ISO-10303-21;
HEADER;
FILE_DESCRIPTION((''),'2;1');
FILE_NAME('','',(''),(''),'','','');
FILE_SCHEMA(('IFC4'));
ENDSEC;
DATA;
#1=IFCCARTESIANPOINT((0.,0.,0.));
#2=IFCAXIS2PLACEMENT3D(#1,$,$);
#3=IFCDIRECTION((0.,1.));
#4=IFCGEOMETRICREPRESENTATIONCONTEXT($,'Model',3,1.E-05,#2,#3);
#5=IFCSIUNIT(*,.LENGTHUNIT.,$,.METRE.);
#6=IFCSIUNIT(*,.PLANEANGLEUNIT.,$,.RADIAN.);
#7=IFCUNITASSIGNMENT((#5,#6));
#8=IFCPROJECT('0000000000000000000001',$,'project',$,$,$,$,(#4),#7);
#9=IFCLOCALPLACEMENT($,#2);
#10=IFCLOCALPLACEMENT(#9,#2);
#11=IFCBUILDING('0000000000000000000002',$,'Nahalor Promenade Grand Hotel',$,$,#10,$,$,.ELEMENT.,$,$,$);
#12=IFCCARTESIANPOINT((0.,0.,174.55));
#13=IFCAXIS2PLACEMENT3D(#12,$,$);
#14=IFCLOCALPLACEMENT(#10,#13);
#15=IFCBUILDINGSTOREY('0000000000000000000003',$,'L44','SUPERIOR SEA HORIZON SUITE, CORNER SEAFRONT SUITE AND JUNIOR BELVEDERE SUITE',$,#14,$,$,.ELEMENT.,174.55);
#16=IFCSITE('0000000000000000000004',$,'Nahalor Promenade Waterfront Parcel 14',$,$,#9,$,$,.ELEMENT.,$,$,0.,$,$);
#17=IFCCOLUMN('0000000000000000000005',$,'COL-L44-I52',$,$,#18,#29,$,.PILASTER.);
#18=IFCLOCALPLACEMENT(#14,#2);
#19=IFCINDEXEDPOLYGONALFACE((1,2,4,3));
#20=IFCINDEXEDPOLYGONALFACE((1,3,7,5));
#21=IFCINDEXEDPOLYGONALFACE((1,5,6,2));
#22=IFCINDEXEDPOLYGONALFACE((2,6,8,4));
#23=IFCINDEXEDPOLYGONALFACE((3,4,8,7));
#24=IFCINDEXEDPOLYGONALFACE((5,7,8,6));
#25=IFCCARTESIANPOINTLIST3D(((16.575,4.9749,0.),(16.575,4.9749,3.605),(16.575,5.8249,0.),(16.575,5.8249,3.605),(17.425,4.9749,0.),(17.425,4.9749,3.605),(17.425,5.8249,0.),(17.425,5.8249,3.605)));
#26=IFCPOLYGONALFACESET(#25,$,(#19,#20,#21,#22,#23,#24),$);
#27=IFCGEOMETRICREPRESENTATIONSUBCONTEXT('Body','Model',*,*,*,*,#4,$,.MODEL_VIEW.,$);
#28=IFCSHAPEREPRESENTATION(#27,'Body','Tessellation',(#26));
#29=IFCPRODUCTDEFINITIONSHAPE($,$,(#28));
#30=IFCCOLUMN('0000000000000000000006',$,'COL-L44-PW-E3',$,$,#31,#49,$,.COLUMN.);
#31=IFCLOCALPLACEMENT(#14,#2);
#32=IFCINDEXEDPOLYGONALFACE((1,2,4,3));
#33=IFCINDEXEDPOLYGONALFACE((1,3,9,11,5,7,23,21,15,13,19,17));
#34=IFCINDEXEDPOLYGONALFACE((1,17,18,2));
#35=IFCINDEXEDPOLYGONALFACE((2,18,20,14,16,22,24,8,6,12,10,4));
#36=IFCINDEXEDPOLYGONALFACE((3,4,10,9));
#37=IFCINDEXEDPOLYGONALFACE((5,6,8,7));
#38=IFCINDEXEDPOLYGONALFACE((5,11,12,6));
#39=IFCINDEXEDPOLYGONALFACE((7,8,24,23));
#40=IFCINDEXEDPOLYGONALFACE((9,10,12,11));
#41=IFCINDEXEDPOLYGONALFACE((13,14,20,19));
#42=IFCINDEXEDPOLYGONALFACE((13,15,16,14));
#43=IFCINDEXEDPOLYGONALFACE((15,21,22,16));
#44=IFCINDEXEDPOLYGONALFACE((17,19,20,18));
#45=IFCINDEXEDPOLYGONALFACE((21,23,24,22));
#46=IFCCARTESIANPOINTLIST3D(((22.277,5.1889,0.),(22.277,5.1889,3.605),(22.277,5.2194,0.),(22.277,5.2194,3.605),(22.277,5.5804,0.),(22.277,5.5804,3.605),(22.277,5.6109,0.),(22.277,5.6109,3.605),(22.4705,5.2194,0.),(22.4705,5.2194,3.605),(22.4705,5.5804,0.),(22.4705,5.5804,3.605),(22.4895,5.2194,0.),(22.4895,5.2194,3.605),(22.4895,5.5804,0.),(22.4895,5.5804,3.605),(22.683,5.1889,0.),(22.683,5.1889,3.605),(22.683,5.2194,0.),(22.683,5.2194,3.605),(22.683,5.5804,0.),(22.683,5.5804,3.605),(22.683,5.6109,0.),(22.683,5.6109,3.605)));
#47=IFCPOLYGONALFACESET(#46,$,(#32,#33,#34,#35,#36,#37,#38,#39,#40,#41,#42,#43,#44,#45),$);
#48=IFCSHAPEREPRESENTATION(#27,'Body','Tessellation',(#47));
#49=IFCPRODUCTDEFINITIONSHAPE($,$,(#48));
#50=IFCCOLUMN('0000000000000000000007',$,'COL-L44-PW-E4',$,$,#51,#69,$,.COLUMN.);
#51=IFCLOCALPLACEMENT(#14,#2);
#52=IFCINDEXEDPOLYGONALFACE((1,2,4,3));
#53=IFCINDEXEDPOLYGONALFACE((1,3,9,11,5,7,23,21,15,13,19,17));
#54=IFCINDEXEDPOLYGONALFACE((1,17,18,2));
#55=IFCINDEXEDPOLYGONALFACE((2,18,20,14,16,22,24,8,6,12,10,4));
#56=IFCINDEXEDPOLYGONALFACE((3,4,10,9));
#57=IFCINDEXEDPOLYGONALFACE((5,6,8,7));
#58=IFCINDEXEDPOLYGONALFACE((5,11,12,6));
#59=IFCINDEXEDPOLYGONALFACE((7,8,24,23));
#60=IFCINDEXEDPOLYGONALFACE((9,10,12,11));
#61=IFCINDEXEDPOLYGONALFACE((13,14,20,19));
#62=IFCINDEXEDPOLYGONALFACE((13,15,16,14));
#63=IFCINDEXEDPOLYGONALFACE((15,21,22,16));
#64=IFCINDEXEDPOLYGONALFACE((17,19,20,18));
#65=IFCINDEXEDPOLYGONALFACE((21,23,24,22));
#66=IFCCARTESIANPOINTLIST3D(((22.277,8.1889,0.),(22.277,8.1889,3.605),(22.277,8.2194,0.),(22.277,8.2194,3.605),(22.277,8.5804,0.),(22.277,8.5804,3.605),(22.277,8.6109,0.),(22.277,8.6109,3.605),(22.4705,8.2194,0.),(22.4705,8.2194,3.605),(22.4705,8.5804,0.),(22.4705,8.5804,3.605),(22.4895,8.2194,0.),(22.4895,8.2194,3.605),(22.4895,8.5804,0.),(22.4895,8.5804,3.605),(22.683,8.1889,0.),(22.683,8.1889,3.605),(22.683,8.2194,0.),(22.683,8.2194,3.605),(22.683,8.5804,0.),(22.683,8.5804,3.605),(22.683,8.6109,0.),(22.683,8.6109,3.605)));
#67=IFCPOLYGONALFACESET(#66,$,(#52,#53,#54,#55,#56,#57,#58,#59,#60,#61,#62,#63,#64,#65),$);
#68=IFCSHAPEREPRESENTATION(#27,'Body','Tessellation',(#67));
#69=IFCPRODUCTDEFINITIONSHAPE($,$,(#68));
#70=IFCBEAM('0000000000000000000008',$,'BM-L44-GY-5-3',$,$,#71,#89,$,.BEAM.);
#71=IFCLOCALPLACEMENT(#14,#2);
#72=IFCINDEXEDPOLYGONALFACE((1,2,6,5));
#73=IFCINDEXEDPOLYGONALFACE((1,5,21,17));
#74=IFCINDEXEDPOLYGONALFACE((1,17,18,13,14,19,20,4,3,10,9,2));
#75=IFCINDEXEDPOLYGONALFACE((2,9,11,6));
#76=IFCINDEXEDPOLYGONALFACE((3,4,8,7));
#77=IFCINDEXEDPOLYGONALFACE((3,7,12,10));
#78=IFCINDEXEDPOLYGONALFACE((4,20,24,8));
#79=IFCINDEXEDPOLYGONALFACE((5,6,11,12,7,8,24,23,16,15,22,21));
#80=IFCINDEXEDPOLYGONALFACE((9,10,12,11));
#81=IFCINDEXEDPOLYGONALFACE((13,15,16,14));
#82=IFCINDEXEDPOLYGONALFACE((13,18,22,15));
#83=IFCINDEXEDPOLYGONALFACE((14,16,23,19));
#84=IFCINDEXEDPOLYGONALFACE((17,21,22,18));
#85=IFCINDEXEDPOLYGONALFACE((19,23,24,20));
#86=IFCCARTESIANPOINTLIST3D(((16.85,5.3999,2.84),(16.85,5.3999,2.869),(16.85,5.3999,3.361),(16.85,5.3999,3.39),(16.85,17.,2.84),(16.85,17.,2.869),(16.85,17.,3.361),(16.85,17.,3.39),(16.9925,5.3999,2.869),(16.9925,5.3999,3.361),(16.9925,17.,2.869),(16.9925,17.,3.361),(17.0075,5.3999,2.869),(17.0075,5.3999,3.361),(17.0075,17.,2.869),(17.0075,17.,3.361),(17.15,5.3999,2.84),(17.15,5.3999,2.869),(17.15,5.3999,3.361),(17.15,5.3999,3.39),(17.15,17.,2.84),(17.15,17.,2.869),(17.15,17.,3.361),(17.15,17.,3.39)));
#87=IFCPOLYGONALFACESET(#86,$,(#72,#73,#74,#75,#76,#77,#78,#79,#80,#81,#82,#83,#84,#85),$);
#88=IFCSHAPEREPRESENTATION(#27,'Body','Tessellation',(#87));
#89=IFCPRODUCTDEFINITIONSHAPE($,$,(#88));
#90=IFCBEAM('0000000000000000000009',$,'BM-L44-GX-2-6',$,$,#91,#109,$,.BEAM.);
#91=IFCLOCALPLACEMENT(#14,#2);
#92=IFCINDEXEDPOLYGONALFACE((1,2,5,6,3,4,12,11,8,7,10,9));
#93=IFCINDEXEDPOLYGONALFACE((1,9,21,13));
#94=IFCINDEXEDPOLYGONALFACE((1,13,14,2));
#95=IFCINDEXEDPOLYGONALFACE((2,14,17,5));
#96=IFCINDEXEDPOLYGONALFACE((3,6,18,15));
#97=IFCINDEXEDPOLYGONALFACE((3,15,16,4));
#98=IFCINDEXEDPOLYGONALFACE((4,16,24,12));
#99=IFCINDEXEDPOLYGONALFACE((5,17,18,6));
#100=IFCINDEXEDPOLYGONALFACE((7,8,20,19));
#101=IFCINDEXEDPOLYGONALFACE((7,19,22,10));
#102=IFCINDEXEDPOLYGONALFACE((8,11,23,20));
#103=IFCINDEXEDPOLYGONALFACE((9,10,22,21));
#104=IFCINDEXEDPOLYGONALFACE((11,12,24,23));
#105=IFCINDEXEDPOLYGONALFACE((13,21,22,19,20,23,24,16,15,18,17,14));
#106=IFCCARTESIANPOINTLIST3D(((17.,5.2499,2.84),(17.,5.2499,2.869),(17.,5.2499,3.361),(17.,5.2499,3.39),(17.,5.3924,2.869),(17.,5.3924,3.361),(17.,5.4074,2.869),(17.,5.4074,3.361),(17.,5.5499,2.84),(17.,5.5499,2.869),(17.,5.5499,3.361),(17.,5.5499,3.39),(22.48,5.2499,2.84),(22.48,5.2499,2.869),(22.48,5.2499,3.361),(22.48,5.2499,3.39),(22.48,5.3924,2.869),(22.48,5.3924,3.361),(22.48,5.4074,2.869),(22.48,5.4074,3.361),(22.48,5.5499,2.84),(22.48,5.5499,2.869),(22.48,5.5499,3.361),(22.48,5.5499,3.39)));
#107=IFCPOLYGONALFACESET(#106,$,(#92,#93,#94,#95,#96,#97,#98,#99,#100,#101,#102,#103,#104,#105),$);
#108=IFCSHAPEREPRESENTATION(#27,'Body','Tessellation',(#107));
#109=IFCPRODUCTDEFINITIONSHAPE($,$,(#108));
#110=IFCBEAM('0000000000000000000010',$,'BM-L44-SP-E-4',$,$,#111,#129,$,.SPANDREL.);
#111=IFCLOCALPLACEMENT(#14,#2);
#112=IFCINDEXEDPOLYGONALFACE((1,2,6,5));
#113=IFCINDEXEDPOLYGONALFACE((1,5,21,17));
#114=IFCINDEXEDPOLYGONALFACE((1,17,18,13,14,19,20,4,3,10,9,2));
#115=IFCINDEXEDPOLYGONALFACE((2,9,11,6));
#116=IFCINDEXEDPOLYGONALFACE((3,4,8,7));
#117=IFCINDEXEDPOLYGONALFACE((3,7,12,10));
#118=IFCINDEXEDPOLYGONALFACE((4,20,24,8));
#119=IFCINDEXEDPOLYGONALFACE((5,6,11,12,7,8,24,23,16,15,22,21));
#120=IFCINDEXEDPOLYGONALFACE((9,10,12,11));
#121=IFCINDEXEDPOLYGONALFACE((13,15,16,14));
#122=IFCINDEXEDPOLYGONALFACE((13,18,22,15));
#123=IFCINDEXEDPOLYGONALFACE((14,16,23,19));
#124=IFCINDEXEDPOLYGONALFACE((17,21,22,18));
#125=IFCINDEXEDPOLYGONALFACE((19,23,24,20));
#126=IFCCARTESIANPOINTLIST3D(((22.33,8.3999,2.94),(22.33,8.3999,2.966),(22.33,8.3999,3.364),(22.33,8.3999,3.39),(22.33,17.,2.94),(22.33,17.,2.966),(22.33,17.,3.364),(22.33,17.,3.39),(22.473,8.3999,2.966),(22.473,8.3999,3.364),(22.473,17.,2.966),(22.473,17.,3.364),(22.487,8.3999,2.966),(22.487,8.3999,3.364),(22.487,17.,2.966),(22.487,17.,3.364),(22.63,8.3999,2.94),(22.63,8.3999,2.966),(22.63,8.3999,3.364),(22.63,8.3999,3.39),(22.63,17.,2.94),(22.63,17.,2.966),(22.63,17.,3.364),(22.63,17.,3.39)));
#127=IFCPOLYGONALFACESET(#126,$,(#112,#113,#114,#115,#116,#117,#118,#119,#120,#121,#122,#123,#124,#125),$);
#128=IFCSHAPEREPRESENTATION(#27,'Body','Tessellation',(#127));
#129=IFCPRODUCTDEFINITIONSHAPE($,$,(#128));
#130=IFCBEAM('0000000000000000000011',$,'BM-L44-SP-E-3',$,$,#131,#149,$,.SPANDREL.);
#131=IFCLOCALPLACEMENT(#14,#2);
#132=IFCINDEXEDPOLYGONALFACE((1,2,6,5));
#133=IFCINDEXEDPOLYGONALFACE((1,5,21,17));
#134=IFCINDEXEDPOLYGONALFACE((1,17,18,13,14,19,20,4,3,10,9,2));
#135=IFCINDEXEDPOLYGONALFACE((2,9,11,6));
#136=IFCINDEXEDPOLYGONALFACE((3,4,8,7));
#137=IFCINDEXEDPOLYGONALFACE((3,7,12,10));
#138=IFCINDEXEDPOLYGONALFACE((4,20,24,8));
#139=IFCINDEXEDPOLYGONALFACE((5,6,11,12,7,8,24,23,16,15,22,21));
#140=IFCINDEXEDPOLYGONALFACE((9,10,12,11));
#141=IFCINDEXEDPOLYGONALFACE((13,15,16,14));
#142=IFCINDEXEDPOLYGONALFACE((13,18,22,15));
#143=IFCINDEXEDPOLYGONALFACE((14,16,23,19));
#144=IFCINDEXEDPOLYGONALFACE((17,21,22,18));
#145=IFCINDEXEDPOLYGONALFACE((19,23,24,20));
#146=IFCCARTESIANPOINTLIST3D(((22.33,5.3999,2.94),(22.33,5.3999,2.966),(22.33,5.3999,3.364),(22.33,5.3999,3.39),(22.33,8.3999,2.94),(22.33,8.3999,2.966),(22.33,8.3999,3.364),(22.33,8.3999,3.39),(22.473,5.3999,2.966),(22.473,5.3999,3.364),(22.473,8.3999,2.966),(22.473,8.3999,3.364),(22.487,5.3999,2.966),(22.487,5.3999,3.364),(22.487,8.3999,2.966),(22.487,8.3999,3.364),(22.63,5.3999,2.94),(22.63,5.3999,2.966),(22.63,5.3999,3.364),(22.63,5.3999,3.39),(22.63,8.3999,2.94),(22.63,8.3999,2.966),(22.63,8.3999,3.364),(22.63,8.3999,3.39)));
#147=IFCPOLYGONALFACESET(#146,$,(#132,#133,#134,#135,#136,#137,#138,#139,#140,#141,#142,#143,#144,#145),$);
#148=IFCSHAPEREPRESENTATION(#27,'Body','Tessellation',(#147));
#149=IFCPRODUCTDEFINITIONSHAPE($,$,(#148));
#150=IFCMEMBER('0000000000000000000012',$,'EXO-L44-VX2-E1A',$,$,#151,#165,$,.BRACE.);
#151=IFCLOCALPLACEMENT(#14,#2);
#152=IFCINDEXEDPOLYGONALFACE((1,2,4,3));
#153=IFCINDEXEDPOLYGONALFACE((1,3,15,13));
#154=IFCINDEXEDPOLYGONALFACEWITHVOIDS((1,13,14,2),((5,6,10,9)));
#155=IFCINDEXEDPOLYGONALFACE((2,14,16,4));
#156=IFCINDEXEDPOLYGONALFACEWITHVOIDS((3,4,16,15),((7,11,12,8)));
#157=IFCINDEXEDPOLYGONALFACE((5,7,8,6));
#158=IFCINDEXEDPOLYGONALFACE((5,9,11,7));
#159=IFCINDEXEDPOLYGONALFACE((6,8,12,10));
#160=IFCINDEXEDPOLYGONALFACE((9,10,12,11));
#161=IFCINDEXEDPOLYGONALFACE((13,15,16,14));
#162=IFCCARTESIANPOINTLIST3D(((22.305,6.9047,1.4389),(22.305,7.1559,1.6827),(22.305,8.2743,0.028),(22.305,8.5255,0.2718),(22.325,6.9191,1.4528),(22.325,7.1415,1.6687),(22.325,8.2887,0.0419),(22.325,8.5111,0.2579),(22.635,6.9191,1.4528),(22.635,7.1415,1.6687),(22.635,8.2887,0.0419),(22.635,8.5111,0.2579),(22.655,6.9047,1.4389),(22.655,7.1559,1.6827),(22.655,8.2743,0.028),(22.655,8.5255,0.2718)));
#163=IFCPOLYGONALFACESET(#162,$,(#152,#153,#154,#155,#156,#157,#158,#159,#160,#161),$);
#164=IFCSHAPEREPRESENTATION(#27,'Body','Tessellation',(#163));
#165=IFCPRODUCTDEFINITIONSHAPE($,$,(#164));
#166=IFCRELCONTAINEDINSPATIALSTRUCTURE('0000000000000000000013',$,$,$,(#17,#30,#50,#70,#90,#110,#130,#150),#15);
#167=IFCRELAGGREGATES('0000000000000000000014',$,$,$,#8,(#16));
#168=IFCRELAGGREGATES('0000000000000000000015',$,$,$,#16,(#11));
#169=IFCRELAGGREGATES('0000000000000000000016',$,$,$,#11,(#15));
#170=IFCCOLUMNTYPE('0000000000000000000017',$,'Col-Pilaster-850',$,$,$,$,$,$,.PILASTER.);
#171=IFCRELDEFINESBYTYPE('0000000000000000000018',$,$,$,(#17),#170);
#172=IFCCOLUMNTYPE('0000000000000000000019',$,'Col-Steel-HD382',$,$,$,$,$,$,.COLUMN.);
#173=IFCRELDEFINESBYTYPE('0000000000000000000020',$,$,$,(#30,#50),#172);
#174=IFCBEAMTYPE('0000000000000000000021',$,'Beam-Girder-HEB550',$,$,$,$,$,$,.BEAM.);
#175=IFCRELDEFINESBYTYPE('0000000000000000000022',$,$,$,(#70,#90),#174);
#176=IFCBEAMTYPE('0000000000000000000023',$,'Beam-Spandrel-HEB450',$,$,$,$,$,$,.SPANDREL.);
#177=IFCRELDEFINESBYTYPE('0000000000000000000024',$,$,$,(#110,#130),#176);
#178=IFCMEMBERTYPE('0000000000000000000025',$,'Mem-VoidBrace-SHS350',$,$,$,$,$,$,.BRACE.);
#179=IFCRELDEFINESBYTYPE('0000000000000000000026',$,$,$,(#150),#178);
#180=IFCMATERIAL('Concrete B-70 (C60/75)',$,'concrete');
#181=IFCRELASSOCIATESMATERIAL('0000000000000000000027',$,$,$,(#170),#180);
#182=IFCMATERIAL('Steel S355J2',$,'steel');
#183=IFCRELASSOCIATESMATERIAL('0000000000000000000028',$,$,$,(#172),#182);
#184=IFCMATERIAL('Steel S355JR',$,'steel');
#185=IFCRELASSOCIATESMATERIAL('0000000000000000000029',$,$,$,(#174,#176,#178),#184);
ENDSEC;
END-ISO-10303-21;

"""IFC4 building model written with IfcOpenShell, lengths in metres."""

from ifc_helpers import new_model, si_unit, direction, frame, origin, origin_2d, place, context, subcontext, project, spatial, rectangle, hollow_rectangle, i_section, extrude, source, transform, mapped, material, material_profile, profile_set, type_object, element, save


model = new_model("IFC4")

# Units and contexts
model_context = context("Model", 3, precision=1e-05, world=origin(), true_north=direction((0.0, 1.0)))
body_context = subcontext(model_context, "Body", "Model", "MODEL_VIEW")
ifc_project = project(units=[si_unit("LENGTHUNIT", "METRE"), si_unit("PLANEANGLEUNIT", "RADIAN")], contexts=[model_context])

# Site, building, storey
site_placement = place(None, origin())
site = spatial("IfcSite", under=ifc_project, at=site_placement, Name="Nahalor Promenade Waterfront Parcel 14", CompositionType="ELEMENT", RefElevation=0.0)
building_placement = place(site_placement, origin())
building = spatial("IfcBuilding", under=site, at=building_placement, Name="Nahalor Promenade Grand Hotel", CompositionType="ELEMENT")
storey_placement = place(building_placement, frame((0.0, 0.0, 174.55)))
storey = spatial("IfcBuildingStorey", under=building, at=storey_placement, Name="L44", Description="SUPERIOR SEA HORIZON SUITE, CORNER SEAFRONT SUITE AND JUNIOR BELVEDERE SUITE", CompositionType="ELEMENT", Elevation=174.55)

# Columns
ifc_material_1 = material(Name="Concrete B-70 (C60/75)", Category="concrete")
ifc_material_profile_1 = material_profile(ifc_material_1, rectangle(XDim=0.85, YDim=0.85, at=origin_2d()), Name="RC 850x850")
ifc_profile_set_1 = profile_set([ifc_material_profile_1], Name="Concrete B-70 (C60/75)")
column_type_1 = type_object("IfcColumnType", Name="Col-Pilaster-850", PredefinedType="PILASTER", material=ifc_profile_set_1)
shared_shape_1 = source(origin(), body_context, "Body", "SweptSolid", [
    extrude(rectangle(XDim=0.85, YDim=0.85, at=origin_2d()), origin(), (0.0, 0.0, 1.0), 3.605),
])
column_placement = place(storey_placement, frame((17.0, 5.3999, 0.0), z_axis=(0.0, 0.0, 1.0), x_axis=(1.0, 0.0, 0.0)))
element("IfcColumn", 1, at=column_placement, inside=storey, type_object=column_type_1, Name="COL-L44-I52", PredefinedType="PILASTER", context=body_context, shape_type="MappedRepresentation", body=[
    mapped(shared_shape_1, transform((0.0, 0.0, 0.0), scale=1.0)),
])
ifc_material_2 = material(Name="Steel S355J2", Category="steel")
ifc_material_profile_2 = material_profile(ifc_material_2, i_section(OverallWidth=0.406, OverallDepth=0.422, WebThickness=0.019, FlangeThickness=0.0305, at=origin_2d()), Name="HD 400x382")
ifc_profile_set_2 = profile_set([ifc_material_profile_2], Name="Steel S355J2")
column_type_2 = type_object("IfcColumnType", Name="Col-Steel-HD382", PredefinedType="COLUMN", material=ifc_profile_set_2)
shared_shape_2 = source(origin(), body_context, "Body", "SweptSolid", [
    extrude(i_section(OverallWidth=0.406, OverallDepth=0.422, WebThickness=0.019, FlangeThickness=0.0305, at=origin_2d()), origin(), (0.0, 0.0, 1.0), 3.605),
])
for number, where, z_axis, x_axis, name in (
    (2, (22.48, 5.3999, 0.0), (0.0, 0.0, 1.0), (1.0, 0.0, 0.0), "COL-L44-PW-E3"),
    (3, (22.48, 8.3999, 0.0), (0.0, 0.0, 1.0), (1.0, 0.0, 0.0), "COL-L44-PW-E4"),
):
    element("IfcColumn", number, at=place(storey_placement, frame(where, z_axis=z_axis, x_axis=x_axis)), inside=storey, type_object=column_type_2, Name=name, PredefinedType="COLUMN", context=body_context, shape_type="MappedRepresentation", body=[
        mapped(shared_shape_2, transform((0.0, 0.0, 0.0), scale=1.0)),
    ])

# Beams
ifc_material_3 = material(Name="Steel S355JR", Category="steel")
ifc_material_profile_3 = material_profile(ifc_material_3, i_section(OverallWidth=0.3, OverallDepth=0.55, WebThickness=0.015, FlangeThickness=0.029, at=origin_2d()), Name="HEB 550")
ifc_profile_set_3 = profile_set([ifc_material_profile_3], Name="Steel S355JR")
beam_type_1 = type_object("IfcBeamType", Name="Beam-Girder-HEB550", PredefinedType="BEAM", material=ifc_profile_set_3)
shared_shape_3 = source(origin(), body_context, "Body", "SweptSolid", [
    extrude(i_section(OverallWidth=0.3, OverallDepth=0.55, WebThickness=0.015, FlangeThickness=0.029, at=origin_2d()), origin(), (0.0, 0.0, 1.0), 11.6001),
])
beam_1_placement = place(storey_placement, frame((17.0, 5.3999, 3.115), z_axis=(0.0, 1.0, 0.0), x_axis=(-1.0, 0.0, 0.0)))
element("IfcBeam", 4, at=beam_1_placement, inside=storey, type_object=beam_type_1, Name="BM-L44-GY-5-3", PredefinedType="BEAM", context=body_context, shape_type="MappedRepresentation", body=[
    mapped(shared_shape_3, transform((0.0, 0.0, 0.0), scale=1.0)),
])
shared_shape_4 = source(origin(), body_context, "Body", "SweptSolid", [
    extrude(i_section(OverallWidth=0.3, OverallDepth=0.55, WebThickness=0.015, FlangeThickness=0.029, at=origin_2d()), origin(), (0.0, 0.0, 1.0), 5.48),
])
beam_2_placement = place(storey_placement, frame((17.0, 5.3999, 3.115), z_axis=(1.0, 0.0, 0.0), x_axis=(0.0, 1.0, 0.0)))
element("IfcBeam", 5, at=beam_2_placement, inside=storey, type_object=beam_type_1, Name="BM-L44-GX-2-6", PredefinedType="BEAM", context=body_context, shape_type="MappedRepresentation", body=[
    mapped(shared_shape_4, transform((0.0, 0.0, 0.0), scale=1.0)),
])
ifc_material_profile_4 = material_profile(ifc_material_3, i_section(OverallWidth=0.3, OverallDepth=0.45, WebThickness=0.014, FlangeThickness=0.026, at=origin_2d()), Name="HEB 450")
ifc_profile_set_4 = profile_set([ifc_material_profile_4], Name="Steel S355JR")
beam_type_2 = type_object("IfcBeamType", Name="Beam-Spandrel-HEB450", PredefinedType="SPANDREL", material=ifc_profile_set_4)
shared_shape_5 = source(origin(), body_context, "Body", "SweptSolid", [
    extrude(i_section(OverallWidth=0.3, OverallDepth=0.45, WebThickness=0.014, FlangeThickness=0.026, at=origin_2d()), origin(), (0.0, 0.0, 1.0), 8.6001),
])
beam_3_placement = place(storey_placement, frame((22.48, 8.3999, 3.165), z_axis=(0.0, 1.0, 0.0), x_axis=(-1.0, 0.0, 0.0)))
element("IfcBeam", 6, at=beam_3_placement, inside=storey, type_object=beam_type_2, Name="BM-L44-SP-E-4", PredefinedType="SPANDREL", context=body_context, shape_type="MappedRepresentation", body=[
    mapped(shared_shape_5, transform((0.0, 0.0, 0.0), scale=1.0)),
])
shared_shape_6 = source(origin(), body_context, "Body", "SweptSolid", [
    extrude(i_section(OverallWidth=0.3, OverallDepth=0.45, WebThickness=0.014, FlangeThickness=0.026, at=origin_2d()), origin(), (0.0, 0.0, 1.0), 3.0),
])
beam_4_placement = place(storey_placement, frame((22.48, 5.3999, 3.165), z_axis=(0.0, 1.0, 0.0), x_axis=(-1.0, 0.0, 0.0)))
element("IfcBeam", 7, at=beam_4_placement, inside=storey, type_object=beam_type_2, Name="BM-L44-SP-E-3", PredefinedType="SPANDREL", context=body_context, shape_type="MappedRepresentation", body=[
    mapped(shared_shape_6, transform((0.0, 0.0, 0.0), scale=1.0)),
])

# Member
ifc_material_profile_5 = material_profile(ifc_material_3, hollow_rectangle(XDim=0.35, YDim=0.35, WallThickness=0.02, at=origin_2d()), Name="SHS 350x350x20")
ifc_profile_set_5 = profile_set([ifc_material_profile_5], Name="Steel S355JR")
member_type_1 = type_object("IfcMemberType", Name="Mem-VoidBrace-SHS350", PredefinedType="BRACE", material=ifc_profile_set_5)
shared_shape_7 = source(origin(), body_context, "Body", "SweptSolid", [
    extrude(hollow_rectangle(XDim=0.35, YDim=0.35, WallThickness=0.02, at=origin_2d()), origin(), (0.0, 0.0, 1.0), 1.9663),
])
member_1_placement = place(storey_placement, frame((22.48, 8.3999, 0.1499), z_axis=(0.0, -0.696537, 0.71752), x_axis=(1.0, 0.0, 0.0)))
element("IfcMember", 8, at=member_1_placement, inside=storey, type_object=member_type_1, Name="EXO-L44-VX2-E1A", PredefinedType="BRACE", context=body_context, shape_type="MappedRepresentation", body=[
    mapped(shared_shape_7, transform((0.0, 0.0, 0.0), scale=1.0)),
])

save(model, "model.ifc")
